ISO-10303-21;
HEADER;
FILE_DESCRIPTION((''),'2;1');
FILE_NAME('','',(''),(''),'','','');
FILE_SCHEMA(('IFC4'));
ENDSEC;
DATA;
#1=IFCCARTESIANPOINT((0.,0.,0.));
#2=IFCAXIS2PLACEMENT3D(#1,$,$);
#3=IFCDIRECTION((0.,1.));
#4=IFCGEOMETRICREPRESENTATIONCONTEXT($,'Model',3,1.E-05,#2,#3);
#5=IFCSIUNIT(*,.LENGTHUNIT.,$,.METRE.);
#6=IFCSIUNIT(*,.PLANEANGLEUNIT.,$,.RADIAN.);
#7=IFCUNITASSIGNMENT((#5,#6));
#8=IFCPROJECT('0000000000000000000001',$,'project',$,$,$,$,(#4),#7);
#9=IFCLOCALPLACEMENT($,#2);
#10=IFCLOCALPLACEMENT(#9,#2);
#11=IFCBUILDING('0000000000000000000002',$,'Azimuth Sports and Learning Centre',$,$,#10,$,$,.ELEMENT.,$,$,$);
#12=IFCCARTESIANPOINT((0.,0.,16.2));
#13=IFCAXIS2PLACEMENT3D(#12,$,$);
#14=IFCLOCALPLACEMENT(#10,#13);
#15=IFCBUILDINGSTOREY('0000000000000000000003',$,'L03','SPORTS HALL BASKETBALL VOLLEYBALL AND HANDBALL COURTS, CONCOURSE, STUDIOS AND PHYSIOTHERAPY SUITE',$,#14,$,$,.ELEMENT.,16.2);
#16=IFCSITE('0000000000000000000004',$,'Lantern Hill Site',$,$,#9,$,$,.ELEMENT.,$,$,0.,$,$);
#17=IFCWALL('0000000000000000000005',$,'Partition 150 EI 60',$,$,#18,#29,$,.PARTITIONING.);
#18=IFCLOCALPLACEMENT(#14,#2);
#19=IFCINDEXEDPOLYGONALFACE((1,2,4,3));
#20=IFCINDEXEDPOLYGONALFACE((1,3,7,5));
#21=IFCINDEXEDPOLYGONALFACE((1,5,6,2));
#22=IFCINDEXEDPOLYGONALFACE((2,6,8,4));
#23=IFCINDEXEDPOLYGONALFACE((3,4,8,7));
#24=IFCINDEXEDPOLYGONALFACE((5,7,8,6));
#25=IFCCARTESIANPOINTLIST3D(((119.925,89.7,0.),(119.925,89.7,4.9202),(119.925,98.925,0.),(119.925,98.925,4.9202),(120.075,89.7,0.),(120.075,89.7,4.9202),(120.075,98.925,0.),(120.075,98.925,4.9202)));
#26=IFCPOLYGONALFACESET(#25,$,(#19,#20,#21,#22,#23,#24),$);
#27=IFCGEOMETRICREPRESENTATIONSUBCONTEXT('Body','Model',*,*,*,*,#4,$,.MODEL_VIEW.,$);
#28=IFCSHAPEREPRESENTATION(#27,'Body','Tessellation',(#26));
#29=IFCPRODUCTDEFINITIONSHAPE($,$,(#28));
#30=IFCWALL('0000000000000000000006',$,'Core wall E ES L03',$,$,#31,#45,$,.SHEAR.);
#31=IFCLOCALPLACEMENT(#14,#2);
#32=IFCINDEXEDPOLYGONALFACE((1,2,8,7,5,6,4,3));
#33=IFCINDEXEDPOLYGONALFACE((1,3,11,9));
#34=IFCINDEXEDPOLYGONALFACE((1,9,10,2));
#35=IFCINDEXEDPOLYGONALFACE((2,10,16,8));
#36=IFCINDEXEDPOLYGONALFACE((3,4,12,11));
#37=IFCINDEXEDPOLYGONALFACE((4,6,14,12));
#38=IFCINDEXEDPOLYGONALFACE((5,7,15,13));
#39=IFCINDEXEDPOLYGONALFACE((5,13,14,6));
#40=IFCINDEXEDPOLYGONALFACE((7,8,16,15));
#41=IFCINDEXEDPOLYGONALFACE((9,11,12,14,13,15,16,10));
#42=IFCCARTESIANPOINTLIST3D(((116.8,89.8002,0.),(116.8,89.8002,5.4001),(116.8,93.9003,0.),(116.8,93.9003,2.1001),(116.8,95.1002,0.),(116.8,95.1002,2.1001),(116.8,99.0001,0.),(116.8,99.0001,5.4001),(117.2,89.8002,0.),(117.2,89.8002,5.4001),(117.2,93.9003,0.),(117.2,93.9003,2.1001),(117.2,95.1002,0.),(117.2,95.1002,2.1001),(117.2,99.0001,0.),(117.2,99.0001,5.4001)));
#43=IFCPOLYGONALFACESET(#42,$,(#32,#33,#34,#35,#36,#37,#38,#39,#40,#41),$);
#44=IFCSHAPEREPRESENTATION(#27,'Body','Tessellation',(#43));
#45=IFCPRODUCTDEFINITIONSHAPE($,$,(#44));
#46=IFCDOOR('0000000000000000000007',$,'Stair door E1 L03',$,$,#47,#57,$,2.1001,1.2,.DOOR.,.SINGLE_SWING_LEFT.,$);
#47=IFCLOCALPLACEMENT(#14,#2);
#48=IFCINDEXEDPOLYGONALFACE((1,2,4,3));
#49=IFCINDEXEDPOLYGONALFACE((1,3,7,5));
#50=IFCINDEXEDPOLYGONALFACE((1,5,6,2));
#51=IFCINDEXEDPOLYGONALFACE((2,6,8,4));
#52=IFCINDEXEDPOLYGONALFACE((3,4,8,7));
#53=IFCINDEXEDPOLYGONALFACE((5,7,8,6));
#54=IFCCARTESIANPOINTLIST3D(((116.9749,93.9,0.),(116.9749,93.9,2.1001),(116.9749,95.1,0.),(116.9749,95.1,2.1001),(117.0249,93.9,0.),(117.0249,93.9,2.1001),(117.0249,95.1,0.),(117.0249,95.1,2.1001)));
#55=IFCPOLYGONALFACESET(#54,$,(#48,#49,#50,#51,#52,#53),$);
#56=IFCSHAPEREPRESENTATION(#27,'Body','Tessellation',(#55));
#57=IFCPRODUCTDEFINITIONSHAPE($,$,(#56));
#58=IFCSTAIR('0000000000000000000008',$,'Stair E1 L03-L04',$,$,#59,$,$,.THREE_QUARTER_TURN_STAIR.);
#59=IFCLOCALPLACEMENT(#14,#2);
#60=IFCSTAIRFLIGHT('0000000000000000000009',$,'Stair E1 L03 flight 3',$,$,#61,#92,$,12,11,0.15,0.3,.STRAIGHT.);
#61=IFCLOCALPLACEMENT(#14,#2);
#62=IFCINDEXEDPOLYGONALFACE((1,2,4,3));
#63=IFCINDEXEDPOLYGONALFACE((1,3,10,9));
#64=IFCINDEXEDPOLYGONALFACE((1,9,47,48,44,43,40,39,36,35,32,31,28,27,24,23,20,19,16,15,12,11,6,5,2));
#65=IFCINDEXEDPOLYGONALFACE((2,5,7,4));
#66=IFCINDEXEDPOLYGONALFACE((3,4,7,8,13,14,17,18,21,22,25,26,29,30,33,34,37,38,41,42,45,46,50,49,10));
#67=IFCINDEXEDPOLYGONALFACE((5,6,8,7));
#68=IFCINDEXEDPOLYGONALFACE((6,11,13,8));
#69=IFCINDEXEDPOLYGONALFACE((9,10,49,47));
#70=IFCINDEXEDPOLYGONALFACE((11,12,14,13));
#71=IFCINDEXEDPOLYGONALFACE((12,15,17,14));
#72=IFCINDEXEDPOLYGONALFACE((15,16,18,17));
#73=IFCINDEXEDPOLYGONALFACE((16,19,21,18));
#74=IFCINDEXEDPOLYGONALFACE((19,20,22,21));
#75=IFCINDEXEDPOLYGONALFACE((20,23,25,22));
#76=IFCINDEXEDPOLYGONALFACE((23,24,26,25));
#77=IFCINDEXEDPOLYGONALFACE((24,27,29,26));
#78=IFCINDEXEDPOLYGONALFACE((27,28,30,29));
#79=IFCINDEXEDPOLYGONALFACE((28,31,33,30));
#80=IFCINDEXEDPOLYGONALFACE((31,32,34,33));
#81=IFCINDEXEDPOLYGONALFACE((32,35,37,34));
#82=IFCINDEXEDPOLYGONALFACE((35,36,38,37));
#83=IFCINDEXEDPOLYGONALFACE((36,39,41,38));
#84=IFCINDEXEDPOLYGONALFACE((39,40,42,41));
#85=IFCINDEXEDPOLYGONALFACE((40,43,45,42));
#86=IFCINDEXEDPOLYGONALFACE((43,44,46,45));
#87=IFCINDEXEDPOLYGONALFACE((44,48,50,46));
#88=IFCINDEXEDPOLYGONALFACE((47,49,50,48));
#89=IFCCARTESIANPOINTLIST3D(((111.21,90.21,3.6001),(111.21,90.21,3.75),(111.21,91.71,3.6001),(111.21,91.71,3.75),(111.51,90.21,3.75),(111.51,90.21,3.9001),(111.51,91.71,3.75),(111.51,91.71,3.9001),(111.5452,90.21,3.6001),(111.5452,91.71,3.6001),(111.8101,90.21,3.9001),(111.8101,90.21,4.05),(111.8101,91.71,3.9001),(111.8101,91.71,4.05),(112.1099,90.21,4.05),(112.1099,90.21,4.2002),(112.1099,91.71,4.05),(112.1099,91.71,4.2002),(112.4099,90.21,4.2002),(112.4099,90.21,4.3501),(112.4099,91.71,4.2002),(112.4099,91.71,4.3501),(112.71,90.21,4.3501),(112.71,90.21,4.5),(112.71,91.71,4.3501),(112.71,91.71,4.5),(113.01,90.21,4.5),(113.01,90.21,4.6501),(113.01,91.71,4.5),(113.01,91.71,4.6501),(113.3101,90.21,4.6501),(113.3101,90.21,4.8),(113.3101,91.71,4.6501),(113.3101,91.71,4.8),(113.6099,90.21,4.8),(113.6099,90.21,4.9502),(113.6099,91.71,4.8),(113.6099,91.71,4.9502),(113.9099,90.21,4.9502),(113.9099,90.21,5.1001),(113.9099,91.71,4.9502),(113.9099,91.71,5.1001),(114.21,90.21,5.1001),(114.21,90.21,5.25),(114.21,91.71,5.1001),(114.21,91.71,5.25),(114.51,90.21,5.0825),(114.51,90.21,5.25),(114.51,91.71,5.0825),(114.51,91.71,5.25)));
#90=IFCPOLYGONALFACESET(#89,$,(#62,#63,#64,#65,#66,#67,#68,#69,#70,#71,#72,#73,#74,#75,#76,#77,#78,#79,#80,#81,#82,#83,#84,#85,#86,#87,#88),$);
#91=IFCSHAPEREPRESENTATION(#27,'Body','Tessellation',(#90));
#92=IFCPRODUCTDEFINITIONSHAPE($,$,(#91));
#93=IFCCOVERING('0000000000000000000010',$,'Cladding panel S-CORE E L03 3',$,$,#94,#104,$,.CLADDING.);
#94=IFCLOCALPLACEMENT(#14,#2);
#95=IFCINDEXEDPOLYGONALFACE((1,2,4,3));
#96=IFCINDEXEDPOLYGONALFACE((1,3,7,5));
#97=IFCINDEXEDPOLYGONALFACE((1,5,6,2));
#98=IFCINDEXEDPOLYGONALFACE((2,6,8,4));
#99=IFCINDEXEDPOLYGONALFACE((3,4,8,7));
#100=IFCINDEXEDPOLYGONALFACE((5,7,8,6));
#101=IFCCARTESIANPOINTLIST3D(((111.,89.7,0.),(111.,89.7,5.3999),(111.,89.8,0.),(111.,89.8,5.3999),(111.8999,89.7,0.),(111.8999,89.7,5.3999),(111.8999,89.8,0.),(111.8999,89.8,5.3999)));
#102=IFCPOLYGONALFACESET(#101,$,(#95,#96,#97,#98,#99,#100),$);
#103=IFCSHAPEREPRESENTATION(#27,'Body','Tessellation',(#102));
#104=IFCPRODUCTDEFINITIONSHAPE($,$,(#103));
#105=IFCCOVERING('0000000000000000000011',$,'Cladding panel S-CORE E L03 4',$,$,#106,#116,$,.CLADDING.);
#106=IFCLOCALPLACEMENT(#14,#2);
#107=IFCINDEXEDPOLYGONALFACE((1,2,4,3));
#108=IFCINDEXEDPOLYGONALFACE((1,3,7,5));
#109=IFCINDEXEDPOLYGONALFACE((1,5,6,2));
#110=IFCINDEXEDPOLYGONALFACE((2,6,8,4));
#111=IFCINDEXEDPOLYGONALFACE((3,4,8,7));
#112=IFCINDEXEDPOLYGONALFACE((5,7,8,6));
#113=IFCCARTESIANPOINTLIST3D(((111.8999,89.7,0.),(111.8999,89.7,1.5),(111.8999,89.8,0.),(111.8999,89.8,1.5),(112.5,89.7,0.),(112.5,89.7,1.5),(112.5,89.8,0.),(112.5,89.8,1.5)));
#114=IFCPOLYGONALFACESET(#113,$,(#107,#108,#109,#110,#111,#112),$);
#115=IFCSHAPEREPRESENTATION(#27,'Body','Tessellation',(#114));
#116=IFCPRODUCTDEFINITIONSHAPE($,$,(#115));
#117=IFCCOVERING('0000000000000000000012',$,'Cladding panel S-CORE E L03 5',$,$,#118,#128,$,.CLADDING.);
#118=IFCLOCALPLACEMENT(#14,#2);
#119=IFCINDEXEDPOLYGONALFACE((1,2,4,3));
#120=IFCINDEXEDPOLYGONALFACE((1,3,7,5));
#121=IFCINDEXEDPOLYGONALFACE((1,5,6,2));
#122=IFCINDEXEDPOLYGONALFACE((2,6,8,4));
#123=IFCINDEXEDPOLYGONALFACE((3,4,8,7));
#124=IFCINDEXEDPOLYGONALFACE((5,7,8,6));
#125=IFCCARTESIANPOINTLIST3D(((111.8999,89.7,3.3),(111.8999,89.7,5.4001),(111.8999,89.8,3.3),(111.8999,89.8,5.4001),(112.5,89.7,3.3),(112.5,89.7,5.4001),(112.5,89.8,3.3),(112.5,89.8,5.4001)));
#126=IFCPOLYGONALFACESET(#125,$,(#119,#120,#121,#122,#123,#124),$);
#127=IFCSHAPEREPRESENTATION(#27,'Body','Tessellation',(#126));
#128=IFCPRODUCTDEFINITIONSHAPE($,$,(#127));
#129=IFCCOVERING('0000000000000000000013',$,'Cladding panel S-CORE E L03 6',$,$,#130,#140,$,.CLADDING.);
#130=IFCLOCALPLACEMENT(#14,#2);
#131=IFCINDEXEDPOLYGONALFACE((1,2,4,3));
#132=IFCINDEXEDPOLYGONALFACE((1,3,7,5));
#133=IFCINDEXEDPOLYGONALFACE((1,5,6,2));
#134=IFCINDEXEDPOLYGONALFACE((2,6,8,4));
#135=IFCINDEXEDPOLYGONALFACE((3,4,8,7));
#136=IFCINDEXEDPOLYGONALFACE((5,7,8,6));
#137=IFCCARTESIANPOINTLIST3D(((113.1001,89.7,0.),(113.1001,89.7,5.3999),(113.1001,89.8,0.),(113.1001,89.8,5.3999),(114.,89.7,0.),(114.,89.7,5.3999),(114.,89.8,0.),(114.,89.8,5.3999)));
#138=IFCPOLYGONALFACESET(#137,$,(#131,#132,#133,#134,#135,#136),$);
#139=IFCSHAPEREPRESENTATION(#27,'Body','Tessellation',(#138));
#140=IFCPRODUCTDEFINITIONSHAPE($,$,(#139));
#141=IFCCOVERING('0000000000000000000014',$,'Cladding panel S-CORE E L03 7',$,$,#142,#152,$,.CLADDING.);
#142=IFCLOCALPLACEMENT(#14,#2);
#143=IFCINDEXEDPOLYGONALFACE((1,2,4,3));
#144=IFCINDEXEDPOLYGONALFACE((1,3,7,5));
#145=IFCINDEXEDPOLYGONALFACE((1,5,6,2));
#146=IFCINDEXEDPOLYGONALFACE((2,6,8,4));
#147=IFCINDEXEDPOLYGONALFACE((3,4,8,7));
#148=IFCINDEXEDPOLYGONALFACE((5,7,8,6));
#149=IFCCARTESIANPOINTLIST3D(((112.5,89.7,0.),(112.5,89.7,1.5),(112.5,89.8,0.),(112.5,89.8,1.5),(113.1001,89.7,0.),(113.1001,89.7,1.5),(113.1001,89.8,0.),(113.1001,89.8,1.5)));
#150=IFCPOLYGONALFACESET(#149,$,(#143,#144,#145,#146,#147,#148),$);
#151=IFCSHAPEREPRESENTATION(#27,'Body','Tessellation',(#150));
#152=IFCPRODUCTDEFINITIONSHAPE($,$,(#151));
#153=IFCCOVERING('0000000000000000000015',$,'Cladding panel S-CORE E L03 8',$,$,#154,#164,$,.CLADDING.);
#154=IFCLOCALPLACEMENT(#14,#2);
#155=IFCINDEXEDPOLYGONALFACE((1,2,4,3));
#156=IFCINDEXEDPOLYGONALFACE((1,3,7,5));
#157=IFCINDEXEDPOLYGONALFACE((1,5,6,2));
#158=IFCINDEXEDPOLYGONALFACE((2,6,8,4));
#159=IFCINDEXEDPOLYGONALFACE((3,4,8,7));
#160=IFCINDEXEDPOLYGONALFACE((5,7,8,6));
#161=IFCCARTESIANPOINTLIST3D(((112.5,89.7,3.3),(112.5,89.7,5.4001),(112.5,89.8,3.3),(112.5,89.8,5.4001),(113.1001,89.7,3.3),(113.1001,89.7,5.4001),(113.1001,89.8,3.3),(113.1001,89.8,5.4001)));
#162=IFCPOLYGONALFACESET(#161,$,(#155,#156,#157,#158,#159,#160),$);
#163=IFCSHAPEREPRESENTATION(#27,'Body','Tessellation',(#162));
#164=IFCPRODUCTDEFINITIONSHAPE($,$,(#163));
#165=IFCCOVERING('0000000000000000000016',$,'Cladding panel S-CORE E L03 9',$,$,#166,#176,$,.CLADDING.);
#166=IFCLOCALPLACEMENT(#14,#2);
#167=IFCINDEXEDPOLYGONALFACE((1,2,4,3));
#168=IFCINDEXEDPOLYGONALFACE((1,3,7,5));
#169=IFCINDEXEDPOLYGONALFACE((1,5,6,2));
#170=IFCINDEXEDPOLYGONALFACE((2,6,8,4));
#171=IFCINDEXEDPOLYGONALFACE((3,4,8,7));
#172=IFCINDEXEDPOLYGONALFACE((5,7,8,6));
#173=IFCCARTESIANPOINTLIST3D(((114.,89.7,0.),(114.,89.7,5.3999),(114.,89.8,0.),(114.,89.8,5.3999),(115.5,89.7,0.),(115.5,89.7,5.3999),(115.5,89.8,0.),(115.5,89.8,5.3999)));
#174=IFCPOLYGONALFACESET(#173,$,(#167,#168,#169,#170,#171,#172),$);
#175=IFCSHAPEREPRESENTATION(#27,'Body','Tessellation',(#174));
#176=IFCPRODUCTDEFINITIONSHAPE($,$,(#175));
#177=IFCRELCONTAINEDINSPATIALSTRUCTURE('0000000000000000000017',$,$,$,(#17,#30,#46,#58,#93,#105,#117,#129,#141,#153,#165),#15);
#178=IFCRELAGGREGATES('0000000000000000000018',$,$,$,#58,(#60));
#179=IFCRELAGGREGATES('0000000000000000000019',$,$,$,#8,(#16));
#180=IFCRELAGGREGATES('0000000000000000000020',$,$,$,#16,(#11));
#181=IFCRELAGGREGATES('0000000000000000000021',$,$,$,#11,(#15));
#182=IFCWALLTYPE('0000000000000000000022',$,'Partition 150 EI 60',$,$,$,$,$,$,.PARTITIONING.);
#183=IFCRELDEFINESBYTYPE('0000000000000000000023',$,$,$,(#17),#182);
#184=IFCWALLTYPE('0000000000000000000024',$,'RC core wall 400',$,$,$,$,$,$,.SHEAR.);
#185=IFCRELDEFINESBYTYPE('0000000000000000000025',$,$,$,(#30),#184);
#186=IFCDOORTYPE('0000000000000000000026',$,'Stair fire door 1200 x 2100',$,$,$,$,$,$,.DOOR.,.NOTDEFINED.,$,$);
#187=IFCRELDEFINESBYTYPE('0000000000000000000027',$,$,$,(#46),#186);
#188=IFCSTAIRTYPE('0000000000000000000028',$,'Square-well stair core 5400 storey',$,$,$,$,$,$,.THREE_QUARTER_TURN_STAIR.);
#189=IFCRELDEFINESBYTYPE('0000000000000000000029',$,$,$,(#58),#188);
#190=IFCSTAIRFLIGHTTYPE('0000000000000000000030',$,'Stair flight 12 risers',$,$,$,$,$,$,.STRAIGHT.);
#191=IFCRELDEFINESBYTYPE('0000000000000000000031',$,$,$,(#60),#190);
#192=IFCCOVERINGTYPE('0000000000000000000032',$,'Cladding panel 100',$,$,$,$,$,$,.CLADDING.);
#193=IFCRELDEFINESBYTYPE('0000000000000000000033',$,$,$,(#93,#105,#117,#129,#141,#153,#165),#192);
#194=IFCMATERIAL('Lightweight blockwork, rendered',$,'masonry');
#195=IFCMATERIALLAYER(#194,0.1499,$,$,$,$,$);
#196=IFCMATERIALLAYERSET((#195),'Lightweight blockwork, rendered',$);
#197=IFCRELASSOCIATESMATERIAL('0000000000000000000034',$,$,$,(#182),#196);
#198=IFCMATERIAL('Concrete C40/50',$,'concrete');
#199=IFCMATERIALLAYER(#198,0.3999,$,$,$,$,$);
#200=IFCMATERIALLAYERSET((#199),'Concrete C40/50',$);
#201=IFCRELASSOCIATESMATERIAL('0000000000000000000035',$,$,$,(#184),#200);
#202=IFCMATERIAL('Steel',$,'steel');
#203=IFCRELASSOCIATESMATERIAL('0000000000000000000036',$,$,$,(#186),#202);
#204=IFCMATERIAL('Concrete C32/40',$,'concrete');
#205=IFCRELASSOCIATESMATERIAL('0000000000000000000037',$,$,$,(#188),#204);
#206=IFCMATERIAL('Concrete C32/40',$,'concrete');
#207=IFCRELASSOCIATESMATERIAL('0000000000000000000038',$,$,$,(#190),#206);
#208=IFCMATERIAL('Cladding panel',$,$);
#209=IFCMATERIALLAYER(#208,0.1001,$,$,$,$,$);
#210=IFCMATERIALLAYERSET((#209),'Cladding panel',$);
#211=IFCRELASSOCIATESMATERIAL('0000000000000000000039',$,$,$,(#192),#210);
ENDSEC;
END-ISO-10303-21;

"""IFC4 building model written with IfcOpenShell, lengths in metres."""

from ifc_helpers import new_model, si_unit, direction, frame, frame_2d, origin, origin_2d, place, context, subcontext, project, spatial, polyline, rectangle, outline, extrude, material, layer, layer_set, type_object, element, fill, aggregate, save


model = new_model("IFC4")

# Units and contexts
model_context = context("Model", 3, precision=1e-05, world=origin(), true_north=direction((0.0, 1.0)))
body_context = subcontext(model_context, "Body", "Model", "MODEL_VIEW")
ifc_project = project(units=[si_unit("LENGTHUNIT", "METRE"), si_unit("PLANEANGLEUNIT", "RADIAN")], contexts=[model_context])

# Site, building, storey
site_placement = place(None, origin())
site = spatial("IfcSite", under=ifc_project, at=site_placement, Name="Lantern Hill Site", CompositionType="ELEMENT", RefElevation=0.0)
building_placement = place(site_placement, origin())
building = spatial("IfcBuilding", under=site, at=building_placement, Name="Azimuth Sports and Learning Centre", CompositionType="ELEMENT")
storey_placement = place(building_placement, frame((0.0, 0.0, 16.2)))
storey = spatial("IfcBuildingStorey", under=building, at=storey_placement, Name="L03", Description="SPORTS HALL BASKETBALL VOLLEYBALL AND HANDBALL COURTS, CONCOURSE, STUDIOS AND PHYSIOTHERAPY SUITE", CompositionType="ELEMENT", Elevation=16.2)

# Wall
ifc_material_1 = material(Name="Lightweight blockwork, rendered", Category="masonry")
ifc_layer_1 = layer(ifc_material_1, 0.1499)
ifc_layer_set_1 = layer_set([ifc_layer_1], Name="Lightweight blockwork, rendered")
wall_type_1 = type_object("IfcWallType", Name="Partition 150 EI 60", PredefinedType="PARTITIONING", material=ifc_layer_set_1)
wall_1_placement = place(storey_placement, frame((120.0, 89.7, 0.0), z_axis=(0.0, 0.0, 1.0), x_axis=(0.0, 1.0, 0.0)))
element("IfcWall", 1, at=wall_1_placement, inside=storey, type_object=wall_type_1, Name="Partition 150 EI 60", PredefinedType="PARTITIONING", context=body_context, shape_type="SweptSolid", body=[
    extrude(rectangle(XDim=9.2251, YDim=0.1499, at=frame_2d((4.6125, 0.0))), origin(), (0.0, 0.0, 1.0), 4.9202),
])

# Wall, opening, door
ifc_material_2 = material(Name="Concrete C40/50", Category="concrete")
ifc_layer_2 = layer(ifc_material_2, 0.3999)
ifc_layer_set_2 = layer_set([ifc_layer_2], Name="Concrete C40/50")
wall_type_2 = type_object("IfcWallType", Name="RC core wall 400", PredefinedType="SHEAR", material=ifc_layer_set_2)
wall_2_placement = place(storey_placement, frame((117.0, 89.8, 0.0), z_axis=(0.0, 0.0, 1.0), x_axis=(0.0, 1.0, 0.0)))
wall_2 = element("IfcWall", 2, at=wall_2_placement, inside=storey, type_object=wall_type_2, Name="Core wall E ES L03", PredefinedType="SHEAR", context=body_context, shape_type="SweptSolid", body=[
    extrude(rectangle(XDim=9.2, YDim=0.3999, at=frame_2d((4.6001, 0.0))), origin(), (0.0, 0.0, 1.0), 5.4001),
])
opening_placement = place(wall_2_placement, frame((4.1001, 0.0, 0.0)))
opening = element("IfcOpeningElement", 3, at=opening_placement, cuts=wall_2, PredefinedType="OPENING", context=body_context, shape_type="SweptSolid", body=[
    extrude(rectangle(XDim=1.2, YDim=2.1001, at=frame_2d((0.6001, 1.05))), frame((0.0, 0.2109, 0.0), z_axis=(0.0, -1.0, 0.0), x_axis=(1.0, 0.0, 0.0)), (0.0, 0.0, 1.0), 0.4219),
])
ifc_material_3 = material(Name="Steel", Category="steel")
door_type = type_object("IfcDoorType", Name="Stair fire door 1200 x 2100", OperationType="NOTDEFINED", PredefinedType="DOOR", material=ifc_material_3)
door_placement = place(opening_placement, frame((1.2, 0.0, 0.0), z_axis=(0.0, 0.0, 1.0), x_axis=(-1.0, 0.0, 0.0)))
door = element("IfcDoor", 4, at=door_placement, inside=storey, type_object=door_type, Name="Stair door E1 L03", OperationType="SINGLE_SWING_LEFT", OverallHeight=2.1001, OverallWidth=1.2, PredefinedType="DOOR", context=body_context, shape_type="SweptSolid", body=[
    extrude(rectangle(XDim=1.2, YDim=2.1001, at=frame_2d((0.6001, 1.05))), frame((0.0, 0.0249, 0.0), z_axis=(0.0, -1.0, 0.0), x_axis=(1.0, 0.0, 0.0)), (0.0, 0.0, 1.0), 0.05),
])
fill(opening, door)

# Stair, stair flight
ifc_material_4 = material(Name="Concrete C32/40", Category="concrete")
stair_type = type_object("IfcStairType", Name="Square-well stair core 5400 storey", PredefinedType="THREE_QUARTER_TURN_STAIR", material=ifc_material_4)
stair_placement = place(storey_placement, origin())
stair = element("IfcStair", 5, at=stair_placement, inside=storey, type_object=stair_type, Name="Stair E1 L03-L04", PredefinedType="THREE_QUARTER_TURN_STAIR")
ifc_material_5 = material(Name="Concrete C32/40", Category="concrete")
stair_flight_type = type_object("IfcStairFlightType", Name="Stair flight 12 risers", PredefinedType="STRAIGHT", material=ifc_material_5)
stair_flight_placement = place(storey_placement, frame((111.21, 90.96, 3.6001), z_axis=(0.0, 0.0, 1.0), x_axis=(1.0, 0.0, 0.0)))
stair_flight = element("IfcStairFlight", 6, at=stair_flight_placement, type_object=stair_flight_type, Name="Stair E1 L03 flight 3", NumberOfRisers=12, NumberOfTreads=11, PredefinedType="STRAIGHT", RiserHeight=0.15, TreadLength=0.3, context=body_context, shape_type="SweptSolid", body=[
    extrude(outline(polyline([(0.0, 0.0), (0.0, 0.1499), (0.3, 0.1499), (0.3, 0.3), (0.6001, 0.3), (0.6001, 0.45), (0.8999, 0.45), (0.8999, 0.6001), (1.2, 0.6001), (1.2, 0.75), (1.5, 0.75), (1.5, 0.8999), (1.8, 0.8999), (1.8, 1.05), (2.1001, 1.05), (2.1001, 1.2), (2.3999, 1.2), (2.3999, 1.3501), (2.7, 1.3501), (2.7, 1.5), (3.0, 1.5), (3.0, 1.6499), (3.3, 1.6499), (3.3, 1.8), (3.3, 1.4824), (0.3352, 0.0), (0.0, 0.0)])), frame((0.0, 0.75, 0.0), z_axis=(0.0, -1.0, 0.0), x_axis=(1.0, 0.0, 0.0)), (0.0, 0.0, 1.0), 1.5),
])
aggregate(stair, [stair_flight])

# Coverings
ifc_material_6 = material(Name="Cladding panel")
ifc_layer_3 = layer(ifc_material_6, 0.1001)
ifc_layer_set_3 = layer_set([ifc_layer_3], Name="Cladding panel")
covering_type = type_object("IfcCoveringType", Name="Cladding panel 100", PredefinedType="CLADDING", material=ifc_layer_set_3)
covering_1_placement = place(storey_placement, frame((111.45, 89.75, 0.0), z_axis=(0.0, 0.0, 1.0), x_axis=(1.0, 0.0, 0.0)))
element("IfcCovering", 7, at=covering_1_placement, inside=storey, type_object=covering_type, Name="Cladding panel S-CORE E L03 3", PredefinedType="CLADDING", context=body_context, shape_type="SweptSolid", body=[
    extrude(rectangle(XDim=0.8999, YDim=0.1001, at=origin_2d()), origin(), (0.0, 0.0, 1.0), 5.3999),
])
covering_2_placement = place(storey_placement, frame((112.2, 89.75, 0.0), z_axis=(0.0, 0.0, 1.0), x_axis=(1.0, 0.0, 0.0)))
element("IfcCovering", 8, at=covering_2_placement, inside=storey, type_object=covering_type, Name="Cladding panel S-CORE E L03 4", PredefinedType="CLADDING", context=body_context, shape_type="SweptSolid", body=[
    extrude(rectangle(XDim=0.6001, YDim=0.1001, at=origin_2d()), origin(), (0.0, 0.0, 1.0), 1.5),
])
covering_3_placement = place(storey_placement, frame((112.2, 89.75, 3.3), z_axis=(0.0, 0.0, 1.0), x_axis=(1.0, 0.0, 0.0)))
element("IfcCovering", 9, at=covering_3_placement, inside=storey, type_object=covering_type, Name="Cladding panel S-CORE E L03 5", PredefinedType="CLADDING", context=body_context, shape_type="SweptSolid", body=[
    extrude(rectangle(XDim=0.6001, YDim=0.1001, at=origin_2d()), origin(), (0.0, 0.0, 1.0), 2.1001),
])
covering_4_placement = place(storey_placement, frame((113.55, 89.75, 0.0), z_axis=(0.0, 0.0, 1.0), x_axis=(1.0, 0.0, 0.0)))
element("IfcCovering", 10, at=covering_4_placement, inside=storey, type_object=covering_type, Name="Cladding panel S-CORE E L03 6", PredefinedType="CLADDING", context=body_context, shape_type="SweptSolid", body=[
    extrude(rectangle(XDim=0.8999, YDim=0.1001, at=origin_2d()), origin(), (0.0, 0.0, 1.0), 5.3999),
])
covering_5_placement = place(storey_placement, frame((112.8, 89.75, 0.0), z_axis=(0.0, 0.0, 1.0), x_axis=(1.0, 0.0, 0.0)))
element("IfcCovering", 11, at=covering_5_placement, inside=storey, type_object=covering_type, Name="Cladding panel S-CORE E L03 7", PredefinedType="CLADDING", context=body_context, shape_type="SweptSolid", body=[
    extrude(rectangle(XDim=0.6001, YDim=0.1001, at=origin_2d()), origin(), (0.0, 0.0, 1.0), 1.5),
])
covering_6_placement = place(storey_placement, frame((112.8, 89.75, 3.3), z_axis=(0.0, 0.0, 1.0), x_axis=(1.0, 0.0, 0.0)))
element("IfcCovering", 12, at=covering_6_placement, inside=storey, type_object=covering_type, Name="Cladding panel S-CORE E L03 8", PredefinedType="CLADDING", context=body_context, shape_type="SweptSolid", body=[
    extrude(rectangle(XDim=0.6001, YDim=0.1001, at=origin_2d()), origin(), (0.0, 0.0, 1.0), 2.1001),
])
covering_7_placement = place(storey_placement, frame((114.75, 89.75, 0.0), z_axis=(0.0, 0.0, 1.0), x_axis=(1.0, 0.0, 0.0)))
element("IfcCovering", 13, at=covering_7_placement, inside=storey, type_object=covering_type, Name="Cladding panel S-CORE E L03 9", PredefinedType="CLADDING", context=body_context, shape_type="SweptSolid", body=[
    extrude(rectangle(XDim=1.5, YDim=0.1001, at=origin_2d()), origin(), (0.0, 0.0, 1.0), 5.3999),
])

save(model, "model.ifc")
